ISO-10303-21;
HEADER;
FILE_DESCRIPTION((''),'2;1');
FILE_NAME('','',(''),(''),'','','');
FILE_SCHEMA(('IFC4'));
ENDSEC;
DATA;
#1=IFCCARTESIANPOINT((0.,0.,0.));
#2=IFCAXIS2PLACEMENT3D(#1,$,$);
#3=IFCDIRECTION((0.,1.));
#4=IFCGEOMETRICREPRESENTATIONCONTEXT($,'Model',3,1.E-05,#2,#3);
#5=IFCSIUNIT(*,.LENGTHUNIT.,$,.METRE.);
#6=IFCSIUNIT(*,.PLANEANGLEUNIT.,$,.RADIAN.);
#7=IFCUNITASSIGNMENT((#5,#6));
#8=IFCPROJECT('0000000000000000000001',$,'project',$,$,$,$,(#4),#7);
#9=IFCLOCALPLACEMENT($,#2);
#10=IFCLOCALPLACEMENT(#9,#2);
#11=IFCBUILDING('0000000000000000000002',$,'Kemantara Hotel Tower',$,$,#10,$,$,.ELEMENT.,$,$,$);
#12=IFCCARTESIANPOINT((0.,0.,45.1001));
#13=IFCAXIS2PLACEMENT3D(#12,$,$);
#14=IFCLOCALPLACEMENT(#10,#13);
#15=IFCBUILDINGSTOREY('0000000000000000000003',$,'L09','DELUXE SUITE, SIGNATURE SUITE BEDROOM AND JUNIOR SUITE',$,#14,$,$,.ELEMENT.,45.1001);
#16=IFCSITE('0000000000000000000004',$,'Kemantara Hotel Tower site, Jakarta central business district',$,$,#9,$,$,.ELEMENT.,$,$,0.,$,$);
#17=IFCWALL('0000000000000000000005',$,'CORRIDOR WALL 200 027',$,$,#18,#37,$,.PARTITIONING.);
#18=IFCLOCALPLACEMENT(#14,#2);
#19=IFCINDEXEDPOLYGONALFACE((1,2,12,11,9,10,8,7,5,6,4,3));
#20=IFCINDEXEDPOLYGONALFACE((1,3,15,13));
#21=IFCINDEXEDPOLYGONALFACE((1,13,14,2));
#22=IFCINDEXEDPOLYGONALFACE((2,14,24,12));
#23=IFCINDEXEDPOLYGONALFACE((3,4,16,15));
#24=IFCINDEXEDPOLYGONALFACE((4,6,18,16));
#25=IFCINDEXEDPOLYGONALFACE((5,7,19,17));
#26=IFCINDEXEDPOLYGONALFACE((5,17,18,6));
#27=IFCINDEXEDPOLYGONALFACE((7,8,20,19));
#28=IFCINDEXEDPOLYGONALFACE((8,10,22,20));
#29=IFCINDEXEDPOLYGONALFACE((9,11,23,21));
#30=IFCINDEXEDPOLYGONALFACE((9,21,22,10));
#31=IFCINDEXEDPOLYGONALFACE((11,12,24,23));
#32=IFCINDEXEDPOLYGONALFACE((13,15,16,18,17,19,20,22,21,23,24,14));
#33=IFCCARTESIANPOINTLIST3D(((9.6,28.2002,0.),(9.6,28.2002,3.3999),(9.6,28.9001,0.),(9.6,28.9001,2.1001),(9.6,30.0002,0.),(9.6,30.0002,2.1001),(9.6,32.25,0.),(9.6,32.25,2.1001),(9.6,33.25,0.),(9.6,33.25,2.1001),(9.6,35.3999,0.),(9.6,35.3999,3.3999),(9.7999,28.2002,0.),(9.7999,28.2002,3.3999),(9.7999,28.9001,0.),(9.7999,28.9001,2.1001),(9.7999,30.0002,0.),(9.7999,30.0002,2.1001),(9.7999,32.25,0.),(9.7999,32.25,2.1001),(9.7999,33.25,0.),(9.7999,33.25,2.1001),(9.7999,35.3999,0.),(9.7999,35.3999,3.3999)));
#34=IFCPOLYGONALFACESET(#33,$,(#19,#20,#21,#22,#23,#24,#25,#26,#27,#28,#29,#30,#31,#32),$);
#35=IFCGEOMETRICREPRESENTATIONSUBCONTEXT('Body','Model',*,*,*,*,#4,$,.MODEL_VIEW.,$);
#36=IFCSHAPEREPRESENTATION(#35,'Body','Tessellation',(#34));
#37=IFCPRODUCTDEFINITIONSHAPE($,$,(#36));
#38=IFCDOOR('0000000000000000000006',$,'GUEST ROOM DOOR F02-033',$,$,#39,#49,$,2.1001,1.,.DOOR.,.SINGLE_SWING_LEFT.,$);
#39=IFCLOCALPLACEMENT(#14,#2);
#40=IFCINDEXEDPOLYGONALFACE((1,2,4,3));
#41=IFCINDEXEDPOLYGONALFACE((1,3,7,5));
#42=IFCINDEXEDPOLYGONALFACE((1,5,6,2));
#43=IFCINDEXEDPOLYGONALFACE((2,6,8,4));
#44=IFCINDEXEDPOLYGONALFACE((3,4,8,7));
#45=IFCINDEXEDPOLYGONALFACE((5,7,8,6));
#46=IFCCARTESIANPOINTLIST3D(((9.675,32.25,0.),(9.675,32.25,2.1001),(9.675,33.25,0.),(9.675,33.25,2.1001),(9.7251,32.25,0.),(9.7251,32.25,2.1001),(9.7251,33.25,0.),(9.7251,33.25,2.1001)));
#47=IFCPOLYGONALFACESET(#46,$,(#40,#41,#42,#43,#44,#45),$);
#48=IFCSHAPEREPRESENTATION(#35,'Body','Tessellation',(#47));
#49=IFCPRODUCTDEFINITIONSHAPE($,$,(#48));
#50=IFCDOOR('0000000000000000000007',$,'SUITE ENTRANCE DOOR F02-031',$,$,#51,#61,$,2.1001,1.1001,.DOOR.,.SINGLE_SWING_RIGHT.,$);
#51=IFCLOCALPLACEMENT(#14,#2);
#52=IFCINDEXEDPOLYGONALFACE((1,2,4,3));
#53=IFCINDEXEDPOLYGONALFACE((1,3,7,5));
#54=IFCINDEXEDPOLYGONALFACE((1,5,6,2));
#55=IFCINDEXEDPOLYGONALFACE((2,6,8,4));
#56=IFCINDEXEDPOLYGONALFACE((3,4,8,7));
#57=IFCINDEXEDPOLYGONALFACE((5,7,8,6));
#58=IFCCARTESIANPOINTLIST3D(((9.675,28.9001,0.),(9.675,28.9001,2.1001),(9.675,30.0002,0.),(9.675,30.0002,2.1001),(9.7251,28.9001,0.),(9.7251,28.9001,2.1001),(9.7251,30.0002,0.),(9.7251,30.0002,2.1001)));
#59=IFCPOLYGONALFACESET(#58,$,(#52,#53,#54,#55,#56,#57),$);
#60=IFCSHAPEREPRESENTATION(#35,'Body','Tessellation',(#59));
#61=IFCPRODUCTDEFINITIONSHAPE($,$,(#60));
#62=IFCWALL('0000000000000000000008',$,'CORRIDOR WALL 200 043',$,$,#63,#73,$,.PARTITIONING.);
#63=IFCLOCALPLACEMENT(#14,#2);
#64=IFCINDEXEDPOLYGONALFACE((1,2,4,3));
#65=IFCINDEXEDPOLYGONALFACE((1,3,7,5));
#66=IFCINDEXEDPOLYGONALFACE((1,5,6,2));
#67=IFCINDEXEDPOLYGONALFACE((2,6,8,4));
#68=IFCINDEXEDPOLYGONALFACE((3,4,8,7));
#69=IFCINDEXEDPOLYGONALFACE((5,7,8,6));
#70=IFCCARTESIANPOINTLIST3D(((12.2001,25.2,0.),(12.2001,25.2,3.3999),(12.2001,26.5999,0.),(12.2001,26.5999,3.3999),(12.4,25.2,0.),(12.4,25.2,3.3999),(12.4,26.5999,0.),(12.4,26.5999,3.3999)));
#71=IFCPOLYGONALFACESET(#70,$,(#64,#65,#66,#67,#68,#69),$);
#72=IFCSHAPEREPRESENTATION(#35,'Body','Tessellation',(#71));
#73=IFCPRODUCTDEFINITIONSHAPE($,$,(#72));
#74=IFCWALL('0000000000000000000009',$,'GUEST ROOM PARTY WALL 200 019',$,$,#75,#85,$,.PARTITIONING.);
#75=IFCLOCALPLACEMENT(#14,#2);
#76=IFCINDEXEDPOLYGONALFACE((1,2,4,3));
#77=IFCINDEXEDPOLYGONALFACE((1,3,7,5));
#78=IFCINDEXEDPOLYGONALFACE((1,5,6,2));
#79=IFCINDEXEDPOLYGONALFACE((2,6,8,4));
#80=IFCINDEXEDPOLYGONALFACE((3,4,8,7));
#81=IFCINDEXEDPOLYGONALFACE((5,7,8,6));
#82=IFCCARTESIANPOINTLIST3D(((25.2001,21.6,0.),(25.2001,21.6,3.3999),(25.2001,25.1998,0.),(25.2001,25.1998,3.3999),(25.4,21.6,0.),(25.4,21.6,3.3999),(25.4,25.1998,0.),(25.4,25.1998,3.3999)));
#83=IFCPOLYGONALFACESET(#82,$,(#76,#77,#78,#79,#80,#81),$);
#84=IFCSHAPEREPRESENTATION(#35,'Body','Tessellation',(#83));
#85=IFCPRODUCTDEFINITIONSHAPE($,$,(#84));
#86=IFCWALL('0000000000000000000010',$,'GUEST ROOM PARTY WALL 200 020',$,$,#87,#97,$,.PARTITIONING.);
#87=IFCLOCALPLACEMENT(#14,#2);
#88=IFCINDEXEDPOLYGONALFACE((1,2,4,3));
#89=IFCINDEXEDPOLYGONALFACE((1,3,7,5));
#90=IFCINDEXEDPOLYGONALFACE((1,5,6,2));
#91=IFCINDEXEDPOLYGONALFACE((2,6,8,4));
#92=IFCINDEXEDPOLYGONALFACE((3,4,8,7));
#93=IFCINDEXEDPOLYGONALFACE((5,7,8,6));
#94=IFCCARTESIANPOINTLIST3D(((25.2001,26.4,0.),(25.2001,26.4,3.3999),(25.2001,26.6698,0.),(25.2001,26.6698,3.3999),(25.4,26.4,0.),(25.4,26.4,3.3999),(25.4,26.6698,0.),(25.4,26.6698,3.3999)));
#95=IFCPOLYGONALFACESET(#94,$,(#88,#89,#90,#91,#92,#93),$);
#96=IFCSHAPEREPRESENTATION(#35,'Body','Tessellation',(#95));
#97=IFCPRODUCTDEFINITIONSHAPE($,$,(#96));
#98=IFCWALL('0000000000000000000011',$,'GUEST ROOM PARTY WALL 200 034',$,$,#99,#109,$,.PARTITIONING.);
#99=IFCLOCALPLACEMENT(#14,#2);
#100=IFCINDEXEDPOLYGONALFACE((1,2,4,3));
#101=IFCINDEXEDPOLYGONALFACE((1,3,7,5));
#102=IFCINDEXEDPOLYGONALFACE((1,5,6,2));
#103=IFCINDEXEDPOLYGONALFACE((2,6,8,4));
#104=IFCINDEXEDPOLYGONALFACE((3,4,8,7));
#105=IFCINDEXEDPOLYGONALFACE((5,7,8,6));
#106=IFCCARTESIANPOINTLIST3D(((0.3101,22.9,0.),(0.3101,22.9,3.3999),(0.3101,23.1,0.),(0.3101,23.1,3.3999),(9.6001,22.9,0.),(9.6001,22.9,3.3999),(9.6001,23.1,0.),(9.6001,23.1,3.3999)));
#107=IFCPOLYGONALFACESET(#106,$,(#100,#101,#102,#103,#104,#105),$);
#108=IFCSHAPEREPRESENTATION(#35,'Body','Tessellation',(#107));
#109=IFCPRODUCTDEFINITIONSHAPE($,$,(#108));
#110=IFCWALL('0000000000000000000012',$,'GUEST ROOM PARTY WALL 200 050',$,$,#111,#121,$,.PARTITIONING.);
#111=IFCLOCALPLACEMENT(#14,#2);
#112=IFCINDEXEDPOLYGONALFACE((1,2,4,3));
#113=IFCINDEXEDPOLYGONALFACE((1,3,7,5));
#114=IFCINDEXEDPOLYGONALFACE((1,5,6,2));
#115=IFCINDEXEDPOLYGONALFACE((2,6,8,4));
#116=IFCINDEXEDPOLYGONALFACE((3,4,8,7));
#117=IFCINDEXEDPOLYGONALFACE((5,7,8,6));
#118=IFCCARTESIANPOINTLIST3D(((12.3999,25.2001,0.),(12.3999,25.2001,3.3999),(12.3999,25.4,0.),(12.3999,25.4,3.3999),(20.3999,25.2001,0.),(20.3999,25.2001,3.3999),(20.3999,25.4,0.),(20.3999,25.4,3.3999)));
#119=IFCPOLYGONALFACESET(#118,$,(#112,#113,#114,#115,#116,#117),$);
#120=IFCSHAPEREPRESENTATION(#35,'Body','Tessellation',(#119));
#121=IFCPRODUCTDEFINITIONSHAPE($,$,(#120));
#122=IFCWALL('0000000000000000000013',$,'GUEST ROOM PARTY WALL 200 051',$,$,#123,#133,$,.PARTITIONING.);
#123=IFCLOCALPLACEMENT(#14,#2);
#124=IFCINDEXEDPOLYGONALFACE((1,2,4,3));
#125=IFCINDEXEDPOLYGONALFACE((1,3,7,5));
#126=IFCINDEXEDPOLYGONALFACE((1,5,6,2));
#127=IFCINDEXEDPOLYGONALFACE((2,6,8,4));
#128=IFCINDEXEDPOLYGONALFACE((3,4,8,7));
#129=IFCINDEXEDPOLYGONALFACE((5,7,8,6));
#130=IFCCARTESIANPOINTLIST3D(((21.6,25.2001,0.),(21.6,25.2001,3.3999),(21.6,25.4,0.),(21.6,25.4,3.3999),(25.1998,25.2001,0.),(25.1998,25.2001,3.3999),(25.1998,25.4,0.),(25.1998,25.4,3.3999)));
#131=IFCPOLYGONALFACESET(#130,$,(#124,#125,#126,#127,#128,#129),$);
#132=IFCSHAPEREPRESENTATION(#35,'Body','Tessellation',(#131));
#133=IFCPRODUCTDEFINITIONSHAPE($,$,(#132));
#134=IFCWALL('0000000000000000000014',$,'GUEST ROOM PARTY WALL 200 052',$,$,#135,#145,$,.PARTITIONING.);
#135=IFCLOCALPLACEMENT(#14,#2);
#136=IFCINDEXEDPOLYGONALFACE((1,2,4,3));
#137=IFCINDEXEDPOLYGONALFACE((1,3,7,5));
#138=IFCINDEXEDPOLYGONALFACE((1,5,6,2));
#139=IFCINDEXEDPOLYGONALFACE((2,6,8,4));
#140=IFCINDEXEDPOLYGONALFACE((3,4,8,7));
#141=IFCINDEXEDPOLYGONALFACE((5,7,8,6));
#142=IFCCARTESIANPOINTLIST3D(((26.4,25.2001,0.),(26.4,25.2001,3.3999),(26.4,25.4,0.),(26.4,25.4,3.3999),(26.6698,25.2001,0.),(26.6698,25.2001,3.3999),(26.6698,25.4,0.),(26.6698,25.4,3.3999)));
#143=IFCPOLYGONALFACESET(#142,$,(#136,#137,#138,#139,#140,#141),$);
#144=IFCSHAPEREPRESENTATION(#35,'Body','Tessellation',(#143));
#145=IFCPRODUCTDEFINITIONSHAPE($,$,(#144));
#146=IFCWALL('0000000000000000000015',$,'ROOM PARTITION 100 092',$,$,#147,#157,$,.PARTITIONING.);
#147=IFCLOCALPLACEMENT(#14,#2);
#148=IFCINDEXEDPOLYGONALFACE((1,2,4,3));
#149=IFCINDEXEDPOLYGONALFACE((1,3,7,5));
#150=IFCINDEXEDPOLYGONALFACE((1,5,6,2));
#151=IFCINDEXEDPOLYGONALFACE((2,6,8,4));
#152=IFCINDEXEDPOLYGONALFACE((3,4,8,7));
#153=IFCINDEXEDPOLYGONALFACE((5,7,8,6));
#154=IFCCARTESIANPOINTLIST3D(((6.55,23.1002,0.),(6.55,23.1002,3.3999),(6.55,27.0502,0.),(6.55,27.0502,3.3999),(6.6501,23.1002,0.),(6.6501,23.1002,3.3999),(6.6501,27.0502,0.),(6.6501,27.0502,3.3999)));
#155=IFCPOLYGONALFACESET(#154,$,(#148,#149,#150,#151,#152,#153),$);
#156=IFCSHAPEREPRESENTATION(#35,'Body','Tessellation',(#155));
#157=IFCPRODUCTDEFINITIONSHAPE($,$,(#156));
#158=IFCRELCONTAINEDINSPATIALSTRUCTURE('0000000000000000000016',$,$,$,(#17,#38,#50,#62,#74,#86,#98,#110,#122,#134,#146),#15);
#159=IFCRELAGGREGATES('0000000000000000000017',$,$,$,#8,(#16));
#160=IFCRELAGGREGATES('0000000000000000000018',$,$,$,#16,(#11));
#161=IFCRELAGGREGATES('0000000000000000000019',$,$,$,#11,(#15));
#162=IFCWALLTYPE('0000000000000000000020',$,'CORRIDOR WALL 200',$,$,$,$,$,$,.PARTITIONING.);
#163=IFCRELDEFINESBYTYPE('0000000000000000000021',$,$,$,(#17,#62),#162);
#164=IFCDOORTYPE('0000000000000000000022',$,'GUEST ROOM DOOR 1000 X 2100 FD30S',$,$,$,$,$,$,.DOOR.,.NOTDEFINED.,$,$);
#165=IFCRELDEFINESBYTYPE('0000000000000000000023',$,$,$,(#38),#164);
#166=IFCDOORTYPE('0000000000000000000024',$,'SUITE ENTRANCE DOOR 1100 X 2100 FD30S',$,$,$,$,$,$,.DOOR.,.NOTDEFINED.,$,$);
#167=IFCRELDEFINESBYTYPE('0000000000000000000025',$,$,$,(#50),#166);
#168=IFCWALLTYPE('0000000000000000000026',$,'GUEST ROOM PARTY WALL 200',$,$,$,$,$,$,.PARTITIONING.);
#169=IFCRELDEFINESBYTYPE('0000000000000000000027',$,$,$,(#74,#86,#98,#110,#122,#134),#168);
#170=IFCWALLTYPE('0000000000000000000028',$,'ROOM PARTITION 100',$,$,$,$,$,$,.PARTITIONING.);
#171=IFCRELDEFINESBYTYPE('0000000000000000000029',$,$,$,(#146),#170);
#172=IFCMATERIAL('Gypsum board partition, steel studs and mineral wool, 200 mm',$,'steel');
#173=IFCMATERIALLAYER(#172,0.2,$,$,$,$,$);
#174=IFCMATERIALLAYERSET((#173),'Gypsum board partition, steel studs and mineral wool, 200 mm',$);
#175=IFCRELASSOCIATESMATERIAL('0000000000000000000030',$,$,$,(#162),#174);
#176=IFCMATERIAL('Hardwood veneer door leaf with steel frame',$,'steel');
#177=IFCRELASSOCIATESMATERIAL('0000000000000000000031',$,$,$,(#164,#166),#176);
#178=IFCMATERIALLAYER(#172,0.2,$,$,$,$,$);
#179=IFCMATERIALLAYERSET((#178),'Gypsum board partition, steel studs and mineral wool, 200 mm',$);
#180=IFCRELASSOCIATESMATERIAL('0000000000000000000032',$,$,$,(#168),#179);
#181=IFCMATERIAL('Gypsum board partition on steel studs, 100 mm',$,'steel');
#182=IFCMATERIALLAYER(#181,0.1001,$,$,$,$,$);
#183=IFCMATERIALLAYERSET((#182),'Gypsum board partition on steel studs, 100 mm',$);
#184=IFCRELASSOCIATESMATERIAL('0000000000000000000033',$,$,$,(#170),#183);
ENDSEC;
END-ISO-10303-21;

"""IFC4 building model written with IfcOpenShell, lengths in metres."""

from ifc_helpers import new_model, si_unit, direction, frame, frame_2d, origin, place, context, subcontext, project, spatial, rectangle, extrude, material, layer, layer_set, type_object, element, fill, save


model = new_model("IFC4")

# Units and contexts
model_context = context("Model", 3, precision=1e-05, world=origin(), true_north=direction((0.0, 1.0)))
body_context = subcontext(model_context, "Body", "Model", "MODEL_VIEW")
ifc_project = project(units=[si_unit("LENGTHUNIT", "METRE"), si_unit("PLANEANGLEUNIT", "RADIAN")], contexts=[model_context])

# Site, building, storey
site_placement = place(None, origin())
site = spatial("IfcSite", under=ifc_project, at=site_placement, Name="Kemantara Hotel Tower site, Jakarta central business district", CompositionType="ELEMENT", RefElevation=0.0)
building_placement = place(site_placement, origin())
building = spatial("IfcBuilding", under=site, at=building_placement, Name="Kemantara Hotel Tower", CompositionType="ELEMENT")
storey_placement = place(building_placement, frame((0.0, 0.0, 45.1001)))
storey = spatial("IfcBuildingStorey", under=building, at=storey_placement, Name="L09", Description="DELUXE SUITE, SIGNATURE SUITE BEDROOM AND JUNIOR SUITE", CompositionType="ELEMENT", Elevation=45.1001)

# Shared definitions
ifc_material_1 = material(Name="Gypsum board partition, steel studs and mineral wool, 200 mm", Category="steel")
ifc_layer_1 = layer(ifc_material_1, 0.2)
ifc_layer_set_1 = layer_set([ifc_layer_1], Name="Gypsum board partition, steel studs and mineral wool, 200 mm")
wall_type_1 = type_object("IfcWallType", Name="CORRIDOR WALL 200", PredefinedType="PARTITIONING", material=ifc_layer_set_1)

# Wall, openings, doors
wall_1_placement = place(storey_placement, frame((9.7, 28.2002, 0.0), z_axis=(0.0, 0.0, 1.0), x_axis=(0.0, 1.0, 0.0)))
wall_1 = element("IfcWall", 1, at=wall_1_placement, inside=storey, type_object=wall_type_1, Name="CORRIDOR WALL 200 027", PredefinedType="PARTITIONING", context=body_context, shape_type="SweptSolid", body=[
    extrude(rectangle(XDim=7.1997, YDim=0.2, at=frame_2d((3.5999, 0.0))), origin(), (0.0, 0.0, 1.0), 3.3999),
])
opening_1_placement = place(wall_1_placement, frame((0.7, 0.0, 0.0)))
opening_1 = element("IfcOpeningElement", 2, at=opening_1_placement, cuts=wall_1, PredefinedType="OPENING", context=body_context, shape_type="SweptSolid", body=[
    extrude(rectangle(XDim=1.1001, YDim=2.1001, at=frame_2d((0.55, 1.05))), frame((0.0, 0.1099, 0.0), z_axis=(0.0, -1.0, 0.0), x_axis=(1.0, 0.0, 0.0)), (0.0, 0.0, 1.0), 0.22),
])
opening_2_placement = place(wall_1_placement, frame((4.0498, 0.0, 0.0)))
opening_2 = element("IfcOpeningElement", 3, at=opening_2_placement, cuts=wall_1, PredefinedType="OPENING", context=body_context, shape_type="SweptSolid", body=[
    extrude(rectangle(XDim=1.0, YDim=2.1001, at=frame_2d((0.5, 1.05))), frame((0.0, 0.1099, 0.0), z_axis=(0.0, -1.0, 0.0), x_axis=(1.0, 0.0, 0.0)), (0.0, 0.0, 1.0), 0.22),
])
ifc_material_2 = material(Name="Hardwood veneer door leaf with steel frame", Category="steel")
door_type_1 = type_object("IfcDoorType", Name="GUEST ROOM DOOR 1000 X 2100 FD30S", OperationType="NOTDEFINED", PredefinedType="DOOR", material=ifc_material_2)
door_1_placement = place(opening_2_placement, origin())
door_1 = element("IfcDoor", 4, at=door_1_placement, inside=storey, type_object=door_type_1, Name="GUEST ROOM DOOR F02-033", OperationType="SINGLE_SWING_LEFT", OverallHeight=2.1001, OverallWidth=1.0, PredefinedType="DOOR", context=body_context, shape_type="SweptSolid", body=[
    extrude(rectangle(XDim=1.0, YDim=2.1001, at=frame_2d((0.5, 1.05))), frame((0.0, 0.0249, 0.0), z_axis=(0.0, -1.0, 0.0), x_axis=(1.0, 0.0, 0.0)), (0.0, 0.0, 1.0), 0.05),
])
fill(opening_2, door_1)
door_type_2 = type_object("IfcDoorType", Name="SUITE ENTRANCE DOOR 1100 X 2100 FD30S", OperationType="NOTDEFINED", PredefinedType="DOOR", material=ifc_material_2)
door_2_placement = place(opening_1_placement, origin())
door_2 = element("IfcDoor", 5, at=door_2_placement, inside=storey, type_object=door_type_2, Name="SUITE ENTRANCE DOOR F02-031", OperationType="SINGLE_SWING_RIGHT", OverallHeight=2.1001, OverallWidth=1.1001, PredefinedType="DOOR", context=body_context, shape_type="SweptSolid", body=[
    extrude(rectangle(XDim=1.1001, YDim=2.1001, at=frame_2d((0.55, 1.05))), frame((0.0, 0.0249, 0.0), z_axis=(0.0, -1.0, 0.0), x_axis=(1.0, 0.0, 0.0)), (0.0, 0.0, 1.0), 0.05),
])
fill(opening_1, door_2)

# Walls
wall_2_placement = place(storey_placement, frame((12.3, 25.2, 0.0), z_axis=(0.0, 0.0, 1.0), x_axis=(0.0, 1.0, 0.0)))
element("IfcWall", 6, at=wall_2_placement, inside=storey, type_object=wall_type_1, Name="CORRIDOR WALL 200 043", PredefinedType="PARTITIONING", context=body_context, shape_type="SweptSolid", body=[
    extrude(rectangle(XDim=1.3999, YDim=0.2, at=frame_2d((0.7, 0.0))), origin(), (0.0, 0.0, 1.0), 3.3999),
])
ifc_layer_2 = layer(ifc_material_1, 0.2)
ifc_layer_set_2 = layer_set([ifc_layer_2], Name="Gypsum board partition, steel studs and mineral wool, 200 mm")
wall_type_2 = type_object("IfcWallType", Name="GUEST ROOM PARTY WALL 200", PredefinedType="PARTITIONING", material=ifc_layer_set_2)
wall_3_placement = place(storey_placement, frame((25.3, 21.6001, 0.0), z_axis=(0.0, 0.0, 1.0), x_axis=(0.0, 1.0, 0.0)))
element("IfcWall", 7, at=wall_3_placement, inside=storey, type_object=wall_type_2, Name="GUEST ROOM PARTY WALL 200 019", PredefinedType="PARTITIONING", context=body_context, shape_type="SweptSolid", body=[
    extrude(rectangle(XDim=3.5999, YDim=0.2, at=frame_2d((1.7998, 0.0))), origin(), (0.0, 0.0, 1.0), 3.3999),
])
wall_4_placement = place(storey_placement, frame((25.3, 26.4001, 0.0), z_axis=(0.0, 0.0, 1.0), x_axis=(0.0, 1.0, 0.0)))
element("IfcWall", 8, at=wall_4_placement, inside=storey, type_object=wall_type_2, Name="GUEST ROOM PARTY WALL 200 020", PredefinedType="PARTITIONING", context=body_context, shape_type="SweptSolid", body=[
    extrude(rectangle(XDim=0.2698, YDim=0.2, at=frame_2d((0.1348, 0.0))), origin(), (0.0, 0.0, 1.0), 3.3999),
])
wall_5_placement = place(storey_placement, frame((0.3101, 23.0, 0.0), z_axis=(0.0, 0.0, 1.0), x_axis=(1.0, 0.0, 0.0)))
element("IfcWall", 9, at=wall_5_placement, inside=storey, type_object=wall_type_2, Name="GUEST ROOM PARTY WALL 200 034", PredefinedType="PARTITIONING", context=body_context, shape_type="SweptSolid", body=[
    extrude(rectangle(XDim=9.29, YDim=0.2, at=frame_2d((4.645, 0.0))), origin(), (0.0, 0.0, 1.0), 3.3999),
])
wall_6_placement = place(storey_placement, frame((12.3999, 25.3, 0.0), z_axis=(0.0, 0.0, 1.0), x_axis=(1.0, 0.0, 0.0)))
element("IfcWall", 10, at=wall_6_placement, inside=storey, type_object=wall_type_2, Name="GUEST ROOM PARTY WALL 200 050", PredefinedType="PARTITIONING", context=body_context, shape_type="SweptSolid", body=[
    extrude(rectangle(XDim=8.0, YDim=0.2, at=frame_2d((4.0, 0.0))), origin(), (0.0, 0.0, 1.0), 3.3999),
])
wall_7_placement = place(storey_placement, frame((21.6001, 25.3, 0.0), z_axis=(0.0, 0.0, 1.0), x_axis=(1.0, 0.0, 0.0)))
element("IfcWall", 11, at=wall_7_placement, inside=storey, type_object=wall_type_2, Name="GUEST ROOM PARTY WALL 200 051", PredefinedType="PARTITIONING", context=body_context, shape_type="SweptSolid", body=[
    extrude(rectangle(XDim=3.5999, YDim=0.2, at=frame_2d((1.7998, 0.0))), origin(), (0.0, 0.0, 1.0), 3.3999),
])
wall_8_placement = place(storey_placement, frame((26.4001, 25.3, 0.0), z_axis=(0.0, 0.0, 1.0), x_axis=(1.0, 0.0, 0.0)))
element("IfcWall", 12, at=wall_8_placement, inside=storey, type_object=wall_type_2, Name="GUEST ROOM PARTY WALL 200 052", PredefinedType="PARTITIONING", context=body_context, shape_type="SweptSolid", body=[
    extrude(rectangle(XDim=0.2698, YDim=0.2, at=frame_2d((0.1348, 0.0))), origin(), (0.0, 0.0, 1.0), 3.3999),
])
ifc_material_3 = material(Name="Gypsum board partition on steel studs, 100 mm", Category="steel")
ifc_layer_3 = layer(ifc_material_3, 0.1001)
ifc_layer_set_3 = layer_set([ifc_layer_3], Name="Gypsum board partition on steel studs, 100 mm")
wall_type_3 = type_object("IfcWallType", Name="ROOM PARTITION 100", PredefinedType="PARTITIONING", material=ifc_layer_set_3)
wall_9_placement = place(storey_placement, frame((6.6001, 23.1001, 0.0), z_axis=(0.0, 0.0, 1.0), x_axis=(0.0, 1.0, 0.0)))
element("IfcWall", 13, at=wall_9_placement, inside=storey, type_object=wall_type_3, Name="ROOM PARTITION 100 092", PredefinedType="PARTITIONING", context=body_context, shape_type="SweptSolid", body=[
    extrude(rectangle(XDim=3.95, YDim=0.1001, at=frame_2d((1.9751, 0.0))), origin(), (0.0, 0.0, 1.0), 3.3999),
])

save(model, "model.ifc")
